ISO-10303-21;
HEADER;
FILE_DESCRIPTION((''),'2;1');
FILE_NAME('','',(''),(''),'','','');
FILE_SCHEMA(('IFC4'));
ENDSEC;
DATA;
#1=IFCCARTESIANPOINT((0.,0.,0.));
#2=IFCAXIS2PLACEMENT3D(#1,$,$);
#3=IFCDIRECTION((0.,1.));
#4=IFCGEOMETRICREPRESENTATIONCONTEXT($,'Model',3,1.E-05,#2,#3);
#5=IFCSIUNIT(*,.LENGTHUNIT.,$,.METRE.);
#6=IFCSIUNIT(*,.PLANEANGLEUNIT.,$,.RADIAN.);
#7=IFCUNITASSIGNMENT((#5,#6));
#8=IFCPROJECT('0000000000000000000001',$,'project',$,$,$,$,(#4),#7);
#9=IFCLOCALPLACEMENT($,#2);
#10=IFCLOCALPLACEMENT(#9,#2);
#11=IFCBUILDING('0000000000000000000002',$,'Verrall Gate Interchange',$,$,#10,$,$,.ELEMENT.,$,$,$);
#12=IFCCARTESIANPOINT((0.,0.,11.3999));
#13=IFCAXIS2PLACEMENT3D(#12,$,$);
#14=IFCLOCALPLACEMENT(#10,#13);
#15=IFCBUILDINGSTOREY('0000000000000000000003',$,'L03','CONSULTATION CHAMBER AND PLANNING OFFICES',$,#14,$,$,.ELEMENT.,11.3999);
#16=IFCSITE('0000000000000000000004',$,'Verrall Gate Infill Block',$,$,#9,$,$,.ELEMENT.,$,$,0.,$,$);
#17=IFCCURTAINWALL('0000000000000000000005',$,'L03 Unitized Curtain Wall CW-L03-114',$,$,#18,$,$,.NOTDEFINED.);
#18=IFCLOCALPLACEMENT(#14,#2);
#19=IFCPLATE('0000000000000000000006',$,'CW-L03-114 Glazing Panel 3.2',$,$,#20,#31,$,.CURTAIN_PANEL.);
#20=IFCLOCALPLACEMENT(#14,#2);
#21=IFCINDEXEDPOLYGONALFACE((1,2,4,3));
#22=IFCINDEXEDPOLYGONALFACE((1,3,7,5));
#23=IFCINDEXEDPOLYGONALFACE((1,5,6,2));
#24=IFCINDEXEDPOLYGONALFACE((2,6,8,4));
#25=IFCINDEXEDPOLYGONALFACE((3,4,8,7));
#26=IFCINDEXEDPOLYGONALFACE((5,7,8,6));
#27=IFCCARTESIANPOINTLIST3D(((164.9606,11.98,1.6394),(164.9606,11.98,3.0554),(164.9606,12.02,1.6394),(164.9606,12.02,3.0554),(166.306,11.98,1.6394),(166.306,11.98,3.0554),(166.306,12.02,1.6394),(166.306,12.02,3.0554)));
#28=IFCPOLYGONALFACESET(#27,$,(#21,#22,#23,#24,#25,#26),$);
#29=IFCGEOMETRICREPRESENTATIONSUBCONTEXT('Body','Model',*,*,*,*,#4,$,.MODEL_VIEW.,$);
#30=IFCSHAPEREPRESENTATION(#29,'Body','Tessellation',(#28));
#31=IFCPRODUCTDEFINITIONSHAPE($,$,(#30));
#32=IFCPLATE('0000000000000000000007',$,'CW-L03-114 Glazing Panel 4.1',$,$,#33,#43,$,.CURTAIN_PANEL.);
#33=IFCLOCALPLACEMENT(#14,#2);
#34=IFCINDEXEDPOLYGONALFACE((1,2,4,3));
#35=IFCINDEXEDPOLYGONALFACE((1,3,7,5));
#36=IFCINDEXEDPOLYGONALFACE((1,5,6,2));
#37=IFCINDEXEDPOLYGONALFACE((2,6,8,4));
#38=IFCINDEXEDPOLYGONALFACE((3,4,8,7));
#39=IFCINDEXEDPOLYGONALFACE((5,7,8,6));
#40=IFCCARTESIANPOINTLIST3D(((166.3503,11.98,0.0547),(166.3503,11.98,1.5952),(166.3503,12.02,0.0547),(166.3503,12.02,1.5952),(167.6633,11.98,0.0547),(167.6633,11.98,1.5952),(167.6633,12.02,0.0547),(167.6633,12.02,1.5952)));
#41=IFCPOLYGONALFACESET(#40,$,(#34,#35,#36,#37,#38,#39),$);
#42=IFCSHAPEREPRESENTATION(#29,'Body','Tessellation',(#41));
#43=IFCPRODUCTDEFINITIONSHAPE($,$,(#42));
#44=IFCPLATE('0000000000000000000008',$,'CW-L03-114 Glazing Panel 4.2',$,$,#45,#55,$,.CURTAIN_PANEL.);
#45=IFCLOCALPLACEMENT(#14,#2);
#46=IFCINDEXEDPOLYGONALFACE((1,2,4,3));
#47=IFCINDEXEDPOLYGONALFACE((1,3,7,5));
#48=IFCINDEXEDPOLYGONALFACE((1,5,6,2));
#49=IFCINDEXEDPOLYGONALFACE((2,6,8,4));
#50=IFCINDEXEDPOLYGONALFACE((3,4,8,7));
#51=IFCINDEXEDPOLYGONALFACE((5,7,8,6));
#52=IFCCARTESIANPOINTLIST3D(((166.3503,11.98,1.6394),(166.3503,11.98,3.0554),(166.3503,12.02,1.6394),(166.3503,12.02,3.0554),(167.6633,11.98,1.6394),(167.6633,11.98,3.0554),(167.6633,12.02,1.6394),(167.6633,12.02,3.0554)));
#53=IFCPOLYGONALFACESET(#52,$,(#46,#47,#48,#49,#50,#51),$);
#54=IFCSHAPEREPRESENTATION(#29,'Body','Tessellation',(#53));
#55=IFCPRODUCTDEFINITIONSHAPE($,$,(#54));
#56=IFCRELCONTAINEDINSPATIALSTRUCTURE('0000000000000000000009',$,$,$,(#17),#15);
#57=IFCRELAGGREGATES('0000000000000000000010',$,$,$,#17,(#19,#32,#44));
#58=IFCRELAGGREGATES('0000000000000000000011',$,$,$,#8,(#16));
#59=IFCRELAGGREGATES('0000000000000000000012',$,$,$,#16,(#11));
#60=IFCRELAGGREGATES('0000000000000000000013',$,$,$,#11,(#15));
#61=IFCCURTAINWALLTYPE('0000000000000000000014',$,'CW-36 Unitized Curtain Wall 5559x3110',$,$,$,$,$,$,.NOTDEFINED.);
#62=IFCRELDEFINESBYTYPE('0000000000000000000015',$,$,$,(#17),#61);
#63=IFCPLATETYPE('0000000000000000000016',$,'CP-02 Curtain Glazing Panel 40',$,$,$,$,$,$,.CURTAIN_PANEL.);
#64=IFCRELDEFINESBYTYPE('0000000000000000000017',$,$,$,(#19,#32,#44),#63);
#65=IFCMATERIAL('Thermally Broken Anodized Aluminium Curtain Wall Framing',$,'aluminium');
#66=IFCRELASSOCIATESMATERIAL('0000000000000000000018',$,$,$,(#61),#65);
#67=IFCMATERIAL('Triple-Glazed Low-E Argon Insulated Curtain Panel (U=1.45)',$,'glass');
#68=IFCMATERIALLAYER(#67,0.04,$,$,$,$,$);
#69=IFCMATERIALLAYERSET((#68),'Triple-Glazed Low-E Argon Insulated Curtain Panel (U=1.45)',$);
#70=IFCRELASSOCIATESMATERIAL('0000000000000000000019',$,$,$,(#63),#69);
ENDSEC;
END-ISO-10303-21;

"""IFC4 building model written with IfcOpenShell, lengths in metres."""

from ifc_helpers import new_model, si_unit, direction, frame, origin, origin_2d, place, context, subcontext, project, spatial, rectangle, extrude, material, layer, layer_set, type_object, element, aggregate, save


model = new_model("IFC4")

# Units and contexts
model_context = context("Model", 3, precision=1e-05, world=origin(), true_north=direction((0.0, 1.0)))
body_context = subcontext(model_context, "Body", "Model", "MODEL_VIEW")
ifc_project = project(units=[si_unit("LENGTHUNIT", "METRE"), si_unit("PLANEANGLEUNIT", "RADIAN")], contexts=[model_context])

# Site, building, storey
site_placement = place(None, origin())
site = spatial("IfcSite", under=ifc_project, at=site_placement, Name="Verrall Gate Infill Block", CompositionType="ELEMENT", RefElevation=0.0)
building_placement = place(site_placement, origin())
building = spatial("IfcBuilding", under=site, at=building_placement, Name="Verrall Gate Interchange", CompositionType="ELEMENT")
storey_placement = place(building_placement, frame((0.0, 0.0, 11.3999)))
storey = spatial("IfcBuildingStorey", under=building, at=storey_placement, Name="L03", Description="CONSULTATION CHAMBER AND PLANNING OFFICES", CompositionType="ELEMENT", Elevation=11.3999)

# Curtain wall
ifc_material_1 = material(Name="Thermally Broken Anodized Aluminium Curtain Wall Framing", Category="aluminium")
curtain_wall_type_1 = type_object("IfcCurtainWallType", Name="CW-36 Unitized Curtain Wall 5559x3110", PredefinedType="NOTDEFINED", material=ifc_material_1)
curtain_wall_1_placement = place(storey_placement, origin())
curtain_wall_1 = element("IfcCurtainWall", 1, at=curtain_wall_1_placement, inside=storey, type_object=curtain_wall_type_1, Name="L03 Unitized Curtain Wall CW-L03-114", PredefinedType="NOTDEFINED")

# Plates
ifc_material_2 = material(Name="Triple-Glazed Low-E Argon Insulated Curtain Panel (U=1.45)", Category="glass")
ifc_layer = layer(ifc_material_2, 0.04)
ifc_layer_set = layer_set([ifc_layer], Name="Triple-Glazed Low-E Argon Insulated Curtain Panel (U=1.45)")
plate_type = type_object("IfcPlateType", Name="CP-02 Curtain Glazing Panel 40", PredefinedType="CURTAIN_PANEL", material=ifc_layer_set)
plate_1_placement = place(storey_placement, frame((165.6333, 12.0, 1.6394), z_axis=(0.0, 0.0, 1.0), x_axis=(1.0, 0.0, 0.0)))
plate_1 = element("IfcPlate", 2, at=plate_1_placement, type_object=plate_type, Name="CW-L03-114 Glazing Panel 3.2", PredefinedType="CURTAIN_PANEL", context=body_context, shape_type="SweptSolid", body=[
    extrude(rectangle(XDim=1.3455, YDim=0.04, at=origin_2d()), origin(), (0.0, 0.0, 1.0), 1.416),
])
plate_2_placement = place(storey_placement, frame((167.0068, 12.0, 0.0547), z_axis=(0.0, 0.0, 1.0), x_axis=(1.0, 0.0, 0.0)))
plate_2 = element("IfcPlate", 3, at=plate_2_placement, type_object=plate_type, Name="CW-L03-114 Glazing Panel 4.1", PredefinedType="CURTAIN_PANEL", context=body_context, shape_type="SweptSolid", body=[
    extrude(rectangle(XDim=1.313, YDim=0.04, at=origin_2d()), origin(), (0.0, 0.0, 1.0), 1.5405),
])
plate_3_placement = place(storey_placement, frame((167.0068, 12.0, 1.6394), z_axis=(0.0, 0.0, 1.0), x_axis=(1.0, 0.0, 0.0)))
plate_3 = element("IfcPlate", 4, at=plate_3_placement, type_object=plate_type, Name="CW-L03-114 Glazing Panel 4.2", PredefinedType="CURTAIN_PANEL", context=body_context, shape_type="SweptSolid", body=[
    extrude(rectangle(XDim=1.313, YDim=0.04, at=origin_2d()), origin(), (0.0, 0.0, 1.0), 1.416),
])
aggregate(curtain_wall_1, [plate_1, plate_2, plate_3])

save(model, "model.ifc")
